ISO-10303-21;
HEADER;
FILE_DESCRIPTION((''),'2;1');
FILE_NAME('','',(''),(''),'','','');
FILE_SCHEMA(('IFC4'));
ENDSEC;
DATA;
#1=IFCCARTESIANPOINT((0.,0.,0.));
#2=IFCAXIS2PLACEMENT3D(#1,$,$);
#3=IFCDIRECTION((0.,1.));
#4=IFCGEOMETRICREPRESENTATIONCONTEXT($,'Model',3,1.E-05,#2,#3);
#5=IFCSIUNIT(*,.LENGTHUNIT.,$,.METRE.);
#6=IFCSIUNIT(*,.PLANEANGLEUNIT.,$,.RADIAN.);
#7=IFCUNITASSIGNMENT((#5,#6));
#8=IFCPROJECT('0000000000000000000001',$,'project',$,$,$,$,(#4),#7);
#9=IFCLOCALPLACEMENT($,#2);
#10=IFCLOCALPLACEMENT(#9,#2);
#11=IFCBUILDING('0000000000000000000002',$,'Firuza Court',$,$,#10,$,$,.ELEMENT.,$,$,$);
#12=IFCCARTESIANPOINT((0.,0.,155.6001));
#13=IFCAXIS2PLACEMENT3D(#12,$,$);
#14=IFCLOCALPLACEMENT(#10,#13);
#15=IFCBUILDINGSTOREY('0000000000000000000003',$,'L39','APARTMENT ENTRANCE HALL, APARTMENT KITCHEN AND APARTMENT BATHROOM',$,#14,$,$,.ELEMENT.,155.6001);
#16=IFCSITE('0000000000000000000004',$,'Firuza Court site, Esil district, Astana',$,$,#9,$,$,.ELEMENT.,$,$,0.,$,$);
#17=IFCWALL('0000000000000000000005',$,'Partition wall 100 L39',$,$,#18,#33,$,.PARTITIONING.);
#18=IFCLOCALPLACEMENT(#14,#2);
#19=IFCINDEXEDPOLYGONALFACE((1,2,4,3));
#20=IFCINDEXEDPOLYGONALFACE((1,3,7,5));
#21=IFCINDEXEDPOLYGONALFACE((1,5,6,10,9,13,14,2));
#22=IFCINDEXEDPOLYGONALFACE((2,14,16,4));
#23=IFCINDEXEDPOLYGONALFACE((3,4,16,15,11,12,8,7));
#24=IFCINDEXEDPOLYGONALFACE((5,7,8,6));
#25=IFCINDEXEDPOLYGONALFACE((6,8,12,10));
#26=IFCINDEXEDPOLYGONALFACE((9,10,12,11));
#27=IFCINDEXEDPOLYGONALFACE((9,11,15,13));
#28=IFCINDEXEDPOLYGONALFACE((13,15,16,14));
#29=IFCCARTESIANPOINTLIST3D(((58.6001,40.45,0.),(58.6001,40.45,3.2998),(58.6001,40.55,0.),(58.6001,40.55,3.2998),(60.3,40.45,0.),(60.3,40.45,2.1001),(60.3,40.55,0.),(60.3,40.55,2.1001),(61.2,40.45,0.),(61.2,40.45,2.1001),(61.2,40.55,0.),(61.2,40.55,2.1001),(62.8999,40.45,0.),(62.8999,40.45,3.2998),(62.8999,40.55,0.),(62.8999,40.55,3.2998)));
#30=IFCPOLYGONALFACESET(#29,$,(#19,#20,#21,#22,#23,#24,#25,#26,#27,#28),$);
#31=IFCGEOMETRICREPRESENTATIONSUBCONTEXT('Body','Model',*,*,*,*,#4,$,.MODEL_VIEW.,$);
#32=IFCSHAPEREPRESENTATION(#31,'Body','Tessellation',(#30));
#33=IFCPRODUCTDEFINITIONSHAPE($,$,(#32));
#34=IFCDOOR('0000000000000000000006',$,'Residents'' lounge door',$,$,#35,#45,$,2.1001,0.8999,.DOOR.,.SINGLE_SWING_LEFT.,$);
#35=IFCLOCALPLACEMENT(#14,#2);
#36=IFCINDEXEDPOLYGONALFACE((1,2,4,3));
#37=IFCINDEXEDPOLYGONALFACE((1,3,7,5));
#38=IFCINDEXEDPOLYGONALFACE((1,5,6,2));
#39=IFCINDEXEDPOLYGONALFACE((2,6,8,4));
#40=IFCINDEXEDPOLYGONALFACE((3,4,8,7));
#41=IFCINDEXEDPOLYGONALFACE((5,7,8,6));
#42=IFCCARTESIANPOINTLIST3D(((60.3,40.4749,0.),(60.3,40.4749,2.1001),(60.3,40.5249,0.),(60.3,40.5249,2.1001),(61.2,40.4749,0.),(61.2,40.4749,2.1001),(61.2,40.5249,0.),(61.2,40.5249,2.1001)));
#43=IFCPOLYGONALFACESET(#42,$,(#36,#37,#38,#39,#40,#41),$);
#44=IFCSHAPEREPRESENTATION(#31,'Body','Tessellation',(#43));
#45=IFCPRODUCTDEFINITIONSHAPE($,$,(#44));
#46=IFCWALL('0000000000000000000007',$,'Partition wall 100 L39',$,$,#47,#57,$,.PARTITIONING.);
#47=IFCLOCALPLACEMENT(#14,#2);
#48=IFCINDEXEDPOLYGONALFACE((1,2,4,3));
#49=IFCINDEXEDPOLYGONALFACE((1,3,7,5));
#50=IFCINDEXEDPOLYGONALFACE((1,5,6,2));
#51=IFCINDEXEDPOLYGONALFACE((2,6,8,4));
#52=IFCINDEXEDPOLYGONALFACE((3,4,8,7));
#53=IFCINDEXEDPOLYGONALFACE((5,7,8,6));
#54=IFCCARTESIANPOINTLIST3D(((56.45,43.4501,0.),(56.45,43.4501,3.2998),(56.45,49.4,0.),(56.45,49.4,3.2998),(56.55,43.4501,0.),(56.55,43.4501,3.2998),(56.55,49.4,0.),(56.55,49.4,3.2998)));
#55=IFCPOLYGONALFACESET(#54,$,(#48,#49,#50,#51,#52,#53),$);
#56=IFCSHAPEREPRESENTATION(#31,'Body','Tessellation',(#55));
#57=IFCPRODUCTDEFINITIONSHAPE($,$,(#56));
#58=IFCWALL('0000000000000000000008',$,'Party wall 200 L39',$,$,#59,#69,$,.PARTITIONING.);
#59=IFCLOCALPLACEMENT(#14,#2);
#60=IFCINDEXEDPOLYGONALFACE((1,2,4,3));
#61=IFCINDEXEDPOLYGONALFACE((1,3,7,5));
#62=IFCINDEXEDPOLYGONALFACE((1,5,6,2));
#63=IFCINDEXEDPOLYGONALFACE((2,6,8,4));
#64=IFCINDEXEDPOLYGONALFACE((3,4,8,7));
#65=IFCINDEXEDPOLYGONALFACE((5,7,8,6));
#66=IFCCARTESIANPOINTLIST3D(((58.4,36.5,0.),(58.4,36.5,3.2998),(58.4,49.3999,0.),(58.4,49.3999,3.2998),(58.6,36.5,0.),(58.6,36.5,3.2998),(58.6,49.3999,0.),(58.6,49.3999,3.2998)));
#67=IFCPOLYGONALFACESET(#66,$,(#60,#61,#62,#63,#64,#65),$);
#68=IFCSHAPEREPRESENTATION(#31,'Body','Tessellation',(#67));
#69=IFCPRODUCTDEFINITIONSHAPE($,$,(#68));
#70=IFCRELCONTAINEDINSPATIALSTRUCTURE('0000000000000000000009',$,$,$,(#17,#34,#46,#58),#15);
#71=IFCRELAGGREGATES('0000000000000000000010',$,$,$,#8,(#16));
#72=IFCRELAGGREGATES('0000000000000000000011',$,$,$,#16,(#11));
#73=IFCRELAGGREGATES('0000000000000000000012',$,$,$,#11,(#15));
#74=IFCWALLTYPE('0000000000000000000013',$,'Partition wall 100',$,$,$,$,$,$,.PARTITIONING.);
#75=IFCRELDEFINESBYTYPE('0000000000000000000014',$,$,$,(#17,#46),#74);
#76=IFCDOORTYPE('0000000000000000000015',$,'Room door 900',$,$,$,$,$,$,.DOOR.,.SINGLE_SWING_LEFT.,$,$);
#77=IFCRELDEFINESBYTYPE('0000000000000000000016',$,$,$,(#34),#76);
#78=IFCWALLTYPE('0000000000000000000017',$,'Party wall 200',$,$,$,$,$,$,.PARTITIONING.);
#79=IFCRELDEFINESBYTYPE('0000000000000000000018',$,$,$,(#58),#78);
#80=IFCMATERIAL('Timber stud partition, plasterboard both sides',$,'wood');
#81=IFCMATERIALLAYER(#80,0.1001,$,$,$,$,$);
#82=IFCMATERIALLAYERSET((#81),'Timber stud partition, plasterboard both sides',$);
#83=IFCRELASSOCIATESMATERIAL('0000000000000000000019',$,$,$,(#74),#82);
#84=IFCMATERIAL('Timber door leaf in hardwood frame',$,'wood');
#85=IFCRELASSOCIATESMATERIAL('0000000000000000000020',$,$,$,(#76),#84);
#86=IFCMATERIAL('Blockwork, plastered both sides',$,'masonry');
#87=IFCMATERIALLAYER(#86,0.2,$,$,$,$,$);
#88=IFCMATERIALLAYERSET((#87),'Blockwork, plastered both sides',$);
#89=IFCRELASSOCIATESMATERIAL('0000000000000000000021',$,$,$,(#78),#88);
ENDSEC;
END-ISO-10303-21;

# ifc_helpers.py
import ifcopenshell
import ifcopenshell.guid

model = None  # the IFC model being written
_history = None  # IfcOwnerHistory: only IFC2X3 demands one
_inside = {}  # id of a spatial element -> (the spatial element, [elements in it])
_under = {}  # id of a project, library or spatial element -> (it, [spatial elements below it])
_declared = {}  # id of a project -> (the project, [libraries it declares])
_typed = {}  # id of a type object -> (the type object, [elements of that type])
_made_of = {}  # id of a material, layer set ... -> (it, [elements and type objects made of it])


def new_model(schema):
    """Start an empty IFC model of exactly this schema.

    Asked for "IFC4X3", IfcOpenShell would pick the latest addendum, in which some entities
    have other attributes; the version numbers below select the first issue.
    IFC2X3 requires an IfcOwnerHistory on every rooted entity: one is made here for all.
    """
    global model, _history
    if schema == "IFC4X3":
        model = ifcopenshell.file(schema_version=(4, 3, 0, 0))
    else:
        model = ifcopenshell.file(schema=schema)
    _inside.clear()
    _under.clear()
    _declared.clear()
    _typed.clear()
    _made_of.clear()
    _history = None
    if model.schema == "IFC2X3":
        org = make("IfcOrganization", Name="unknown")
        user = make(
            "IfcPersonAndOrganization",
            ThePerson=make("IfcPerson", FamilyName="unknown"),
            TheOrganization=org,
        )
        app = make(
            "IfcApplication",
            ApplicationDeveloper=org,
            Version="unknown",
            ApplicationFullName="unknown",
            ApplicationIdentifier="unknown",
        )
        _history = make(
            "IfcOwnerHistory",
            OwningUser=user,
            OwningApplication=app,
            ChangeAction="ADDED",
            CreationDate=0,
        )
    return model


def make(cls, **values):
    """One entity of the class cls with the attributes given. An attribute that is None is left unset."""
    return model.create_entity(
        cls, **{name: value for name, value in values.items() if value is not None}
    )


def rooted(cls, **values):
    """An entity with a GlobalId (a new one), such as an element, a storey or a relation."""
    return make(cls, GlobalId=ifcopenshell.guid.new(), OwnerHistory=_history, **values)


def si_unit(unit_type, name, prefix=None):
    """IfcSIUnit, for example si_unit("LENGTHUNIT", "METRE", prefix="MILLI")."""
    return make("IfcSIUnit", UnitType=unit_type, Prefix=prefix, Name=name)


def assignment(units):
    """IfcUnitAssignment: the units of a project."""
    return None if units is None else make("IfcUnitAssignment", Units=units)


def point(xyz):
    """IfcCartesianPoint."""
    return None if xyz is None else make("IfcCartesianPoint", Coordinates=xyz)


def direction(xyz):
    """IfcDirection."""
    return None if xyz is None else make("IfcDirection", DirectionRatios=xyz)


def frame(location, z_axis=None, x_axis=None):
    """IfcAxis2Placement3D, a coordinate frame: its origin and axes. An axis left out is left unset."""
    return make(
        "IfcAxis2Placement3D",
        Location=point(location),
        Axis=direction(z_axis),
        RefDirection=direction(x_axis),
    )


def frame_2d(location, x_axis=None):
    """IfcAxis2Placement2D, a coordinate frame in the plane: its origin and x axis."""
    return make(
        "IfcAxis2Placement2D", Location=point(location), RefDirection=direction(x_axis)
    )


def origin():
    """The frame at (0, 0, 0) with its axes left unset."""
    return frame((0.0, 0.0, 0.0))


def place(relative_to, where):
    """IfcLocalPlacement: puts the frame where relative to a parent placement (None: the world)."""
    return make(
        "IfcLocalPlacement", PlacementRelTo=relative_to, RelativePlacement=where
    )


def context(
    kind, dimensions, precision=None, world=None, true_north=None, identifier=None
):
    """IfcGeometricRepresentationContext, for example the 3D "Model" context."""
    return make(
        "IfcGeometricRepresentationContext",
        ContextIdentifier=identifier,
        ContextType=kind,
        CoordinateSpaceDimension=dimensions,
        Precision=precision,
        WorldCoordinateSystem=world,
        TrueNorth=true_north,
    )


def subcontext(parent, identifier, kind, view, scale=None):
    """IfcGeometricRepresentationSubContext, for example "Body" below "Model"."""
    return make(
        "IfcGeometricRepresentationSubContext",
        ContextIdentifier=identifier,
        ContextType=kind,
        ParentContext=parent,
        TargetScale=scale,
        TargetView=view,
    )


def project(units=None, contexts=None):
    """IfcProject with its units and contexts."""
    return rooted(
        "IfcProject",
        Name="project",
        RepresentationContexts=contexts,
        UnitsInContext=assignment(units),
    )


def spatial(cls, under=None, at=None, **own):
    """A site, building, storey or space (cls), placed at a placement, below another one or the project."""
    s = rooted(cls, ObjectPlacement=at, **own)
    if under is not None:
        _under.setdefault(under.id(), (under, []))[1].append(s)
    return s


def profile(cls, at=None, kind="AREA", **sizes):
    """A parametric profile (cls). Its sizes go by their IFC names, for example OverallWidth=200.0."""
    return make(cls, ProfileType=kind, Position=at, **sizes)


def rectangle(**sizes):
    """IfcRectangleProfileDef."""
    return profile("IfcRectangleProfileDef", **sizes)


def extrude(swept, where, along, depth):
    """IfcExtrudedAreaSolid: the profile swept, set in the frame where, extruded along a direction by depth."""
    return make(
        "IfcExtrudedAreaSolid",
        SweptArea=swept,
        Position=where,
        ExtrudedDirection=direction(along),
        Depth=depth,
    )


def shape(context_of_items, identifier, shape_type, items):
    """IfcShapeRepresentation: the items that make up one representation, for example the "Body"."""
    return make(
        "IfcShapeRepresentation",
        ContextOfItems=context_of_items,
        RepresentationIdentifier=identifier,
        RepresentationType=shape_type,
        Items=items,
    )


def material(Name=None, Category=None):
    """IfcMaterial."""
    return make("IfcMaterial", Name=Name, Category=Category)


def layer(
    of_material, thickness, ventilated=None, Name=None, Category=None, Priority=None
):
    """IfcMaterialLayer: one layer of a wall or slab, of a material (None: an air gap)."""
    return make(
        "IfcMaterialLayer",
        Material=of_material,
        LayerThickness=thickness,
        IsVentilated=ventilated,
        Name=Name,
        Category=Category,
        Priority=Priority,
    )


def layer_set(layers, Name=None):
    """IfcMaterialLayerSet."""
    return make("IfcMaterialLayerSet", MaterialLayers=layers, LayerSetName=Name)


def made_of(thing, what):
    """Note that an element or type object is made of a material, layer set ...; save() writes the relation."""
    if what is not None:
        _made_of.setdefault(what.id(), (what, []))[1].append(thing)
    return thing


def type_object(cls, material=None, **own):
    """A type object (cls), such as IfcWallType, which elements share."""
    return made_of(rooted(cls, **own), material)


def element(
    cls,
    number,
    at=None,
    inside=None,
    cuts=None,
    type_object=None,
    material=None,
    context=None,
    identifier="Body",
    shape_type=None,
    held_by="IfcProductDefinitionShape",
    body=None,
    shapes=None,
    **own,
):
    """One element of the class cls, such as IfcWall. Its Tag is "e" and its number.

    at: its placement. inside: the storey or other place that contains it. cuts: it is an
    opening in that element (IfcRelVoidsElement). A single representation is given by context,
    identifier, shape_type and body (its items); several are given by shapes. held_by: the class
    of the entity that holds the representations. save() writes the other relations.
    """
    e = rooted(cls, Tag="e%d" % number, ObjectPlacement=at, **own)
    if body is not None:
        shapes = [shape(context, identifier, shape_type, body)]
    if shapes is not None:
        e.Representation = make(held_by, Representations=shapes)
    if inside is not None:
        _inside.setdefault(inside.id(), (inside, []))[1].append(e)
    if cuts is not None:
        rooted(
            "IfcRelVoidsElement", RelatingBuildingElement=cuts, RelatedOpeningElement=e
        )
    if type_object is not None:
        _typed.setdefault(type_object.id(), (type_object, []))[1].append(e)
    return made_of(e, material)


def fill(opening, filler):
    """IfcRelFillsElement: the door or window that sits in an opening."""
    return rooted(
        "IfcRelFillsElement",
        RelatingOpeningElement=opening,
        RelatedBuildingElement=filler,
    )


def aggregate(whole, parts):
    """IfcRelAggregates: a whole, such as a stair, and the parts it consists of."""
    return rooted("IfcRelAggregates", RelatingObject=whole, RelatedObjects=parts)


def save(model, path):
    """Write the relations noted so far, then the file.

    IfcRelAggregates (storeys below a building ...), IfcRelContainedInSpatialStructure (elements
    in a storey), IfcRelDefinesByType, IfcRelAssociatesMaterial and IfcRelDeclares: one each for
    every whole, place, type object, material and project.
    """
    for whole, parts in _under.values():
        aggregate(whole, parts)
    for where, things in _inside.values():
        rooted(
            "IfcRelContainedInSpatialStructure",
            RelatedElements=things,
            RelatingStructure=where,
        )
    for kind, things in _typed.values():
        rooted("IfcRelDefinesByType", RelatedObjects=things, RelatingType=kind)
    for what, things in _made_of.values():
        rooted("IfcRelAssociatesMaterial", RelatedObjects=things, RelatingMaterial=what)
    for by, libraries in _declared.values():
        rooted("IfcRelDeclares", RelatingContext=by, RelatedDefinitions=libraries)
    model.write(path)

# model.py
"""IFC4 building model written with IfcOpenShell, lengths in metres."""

from ifc_helpers import new_model, si_unit, direction, frame, frame_2d, origin, place, context, subcontext, project, spatial, rectangle, extrude, material, layer, layer_set, type_object, element, fill, save


model = new_model("IFC4")

# Units and contexts
model_context = context("Model", 3, precision=1e-05, world=origin(), true_north=direction((0.0, 1.0)))
body_context = subcontext(model_context, "Body", "Model", "MODEL_VIEW")
ifc_project = project(units=[si_unit("LENGTHUNIT", "METRE"), si_unit("PLANEANGLEUNIT", "RADIAN")], contexts=[model_context])

# Site, building, storey
site_placement = place(None, origin())
site = spatial("IfcSite", under=ifc_project, at=site_placement, Name="Firuza Court site, Esil district, Astana", CompositionType="ELEMENT", RefElevation=0.0)
building_placement = place(site_placement, origin())
building = spatial("IfcBuilding", under=site, at=building_placement, Name="Firuza Court", CompositionType="ELEMENT")
storey_placement = place(building_placement, frame((0.0, 0.0, 155.6001)))
storey = spatial("IfcBuildingStorey", under=building, at=storey_placement, Name="L39", Description="APARTMENT ENTRANCE HALL, APARTMENT KITCHEN AND APARTMENT BATHROOM", CompositionType="ELEMENT", Elevation=155.6001)

# Shared definitions
ifc_material_1 = material(Name="Blockwork, plastered both sides", Category="masonry")

# Shared definitions
ifc_material_2 = material(Name="Timber stud partition, plasterboard both sides", Category="wood")
ifc_layer_1 = layer(ifc_material_2, 0.1001)
ifc_layer_set_1 = layer_set([ifc_layer_1], Name="Timber stud partition, plasterboard both sides")
wall_type_1 = type_object("IfcWallType", Name="Partition wall 100", PredefinedType="PARTITIONING", material=ifc_layer_set_1)

# Wall, opening, door
wall_1_placement = place(storey_placement, frame((58.6001, 40.5, 0.0), z_axis=(0.0, 0.0, 1.0), x_axis=(1.0, 0.0, 0.0)))
wall_1 = element("IfcWall", 1, at=wall_1_placement, inside=storey, type_object=wall_type_1, Name="Partition wall 100 L39", PredefinedType="PARTITIONING", context=body_context, shape_type="SweptSolid", body=[
    extrude(rectangle(XDim=4.2998, YDim=0.1001, at=frame_2d((2.1499, 0.0))), origin(), (0.0, 0.0, 1.0), 3.2998),
])
opening_1_placement = place(wall_1_placement, frame((1.7, 0.0, 0.0)))
opening_1 = element("IfcOpeningElement", 2, at=opening_1_placement, cuts=wall_1, PredefinedType="OPENING", context=body_context, shape_type="SweptSolid", body=[
    extrude(rectangle(XDim=0.8999, YDim=2.1001, at=frame_2d((0.45, 1.05))), frame((0.0, 0.062, 0.0), z_axis=(0.0, -1.0, 0.0), x_axis=(1.0, 0.0, 0.0)), (0.0, 0.0, 1.0), 0.124),
])
ifc_material_3 = material(Name="Timber door leaf in hardwood frame", Category="wood")
door_type_1 = type_object("IfcDoorType", Name="Room door 900", OperationType="SINGLE_SWING_LEFT", PredefinedType="DOOR", material=ifc_material_3)
door_1_placement = place(opening_1_placement, origin())
door_1 = element("IfcDoor", 3, at=door_1_placement, inside=storey, type_object=door_type_1, Name="Residents' lounge door", OperationType="SINGLE_SWING_LEFT", OverallHeight=2.1001, OverallWidth=0.8999, PredefinedType="DOOR", context=body_context, shape_type="SweptSolid", body=[
    extrude(rectangle(XDim=0.8999, YDim=2.1001, at=frame_2d((0.45, 1.05))), frame((0.0, 0.0249, 0.0), z_axis=(0.0, -1.0, 0.0), x_axis=(1.0, 0.0, 0.0)), (0.0, 0.0, 1.0), 0.05),
])
fill(opening_1, door_1)

# Walls
wall_2_placement = place(storey_placement, frame((56.5, 43.45, 0.0), z_axis=(0.0, 0.0, 1.0), x_axis=(0.0, 1.0, 0.0)))
element("IfcWall", 4, at=wall_2_placement, inside=storey, type_object=wall_type_1, Name="Partition wall 100 L39", PredefinedType="PARTITIONING", context=body_context, shape_type="SweptSolid", body=[
    extrude(rectangle(XDim=5.95, YDim=0.1001, at=frame_2d((2.9751, 0.0))), origin(), (0.0, 0.0, 1.0), 3.2998),
])
ifc_layer_2 = layer(ifc_material_1, 0.2)
ifc_layer_set_2 = layer_set([ifc_layer_2], Name="Blockwork, plastered both sides")
wall_type_2 = type_object("IfcWallType", Name="Party wall 200", PredefinedType="PARTITIONING", material=ifc_layer_set_2)
wall_3_placement = place(storey_placement, frame((58.5, 36.5, 0.0), z_axis=(0.0, 0.0, 1.0), x_axis=(0.0, 1.0, 0.0)))
element("IfcWall", 5, at=wall_3_placement, inside=storey, type_object=wall_type_2, Name="Party wall 200 L39", PredefinedType="PARTITIONING", context=body_context, shape_type="SweptSolid", body=[
    extrude(rectangle(XDim=12.8999, YDim=0.2, at=frame_2d((6.45, 0.0))), origin(), (0.0, 0.0, 1.0), 3.2998),
])

save(model, "model.ifc")
